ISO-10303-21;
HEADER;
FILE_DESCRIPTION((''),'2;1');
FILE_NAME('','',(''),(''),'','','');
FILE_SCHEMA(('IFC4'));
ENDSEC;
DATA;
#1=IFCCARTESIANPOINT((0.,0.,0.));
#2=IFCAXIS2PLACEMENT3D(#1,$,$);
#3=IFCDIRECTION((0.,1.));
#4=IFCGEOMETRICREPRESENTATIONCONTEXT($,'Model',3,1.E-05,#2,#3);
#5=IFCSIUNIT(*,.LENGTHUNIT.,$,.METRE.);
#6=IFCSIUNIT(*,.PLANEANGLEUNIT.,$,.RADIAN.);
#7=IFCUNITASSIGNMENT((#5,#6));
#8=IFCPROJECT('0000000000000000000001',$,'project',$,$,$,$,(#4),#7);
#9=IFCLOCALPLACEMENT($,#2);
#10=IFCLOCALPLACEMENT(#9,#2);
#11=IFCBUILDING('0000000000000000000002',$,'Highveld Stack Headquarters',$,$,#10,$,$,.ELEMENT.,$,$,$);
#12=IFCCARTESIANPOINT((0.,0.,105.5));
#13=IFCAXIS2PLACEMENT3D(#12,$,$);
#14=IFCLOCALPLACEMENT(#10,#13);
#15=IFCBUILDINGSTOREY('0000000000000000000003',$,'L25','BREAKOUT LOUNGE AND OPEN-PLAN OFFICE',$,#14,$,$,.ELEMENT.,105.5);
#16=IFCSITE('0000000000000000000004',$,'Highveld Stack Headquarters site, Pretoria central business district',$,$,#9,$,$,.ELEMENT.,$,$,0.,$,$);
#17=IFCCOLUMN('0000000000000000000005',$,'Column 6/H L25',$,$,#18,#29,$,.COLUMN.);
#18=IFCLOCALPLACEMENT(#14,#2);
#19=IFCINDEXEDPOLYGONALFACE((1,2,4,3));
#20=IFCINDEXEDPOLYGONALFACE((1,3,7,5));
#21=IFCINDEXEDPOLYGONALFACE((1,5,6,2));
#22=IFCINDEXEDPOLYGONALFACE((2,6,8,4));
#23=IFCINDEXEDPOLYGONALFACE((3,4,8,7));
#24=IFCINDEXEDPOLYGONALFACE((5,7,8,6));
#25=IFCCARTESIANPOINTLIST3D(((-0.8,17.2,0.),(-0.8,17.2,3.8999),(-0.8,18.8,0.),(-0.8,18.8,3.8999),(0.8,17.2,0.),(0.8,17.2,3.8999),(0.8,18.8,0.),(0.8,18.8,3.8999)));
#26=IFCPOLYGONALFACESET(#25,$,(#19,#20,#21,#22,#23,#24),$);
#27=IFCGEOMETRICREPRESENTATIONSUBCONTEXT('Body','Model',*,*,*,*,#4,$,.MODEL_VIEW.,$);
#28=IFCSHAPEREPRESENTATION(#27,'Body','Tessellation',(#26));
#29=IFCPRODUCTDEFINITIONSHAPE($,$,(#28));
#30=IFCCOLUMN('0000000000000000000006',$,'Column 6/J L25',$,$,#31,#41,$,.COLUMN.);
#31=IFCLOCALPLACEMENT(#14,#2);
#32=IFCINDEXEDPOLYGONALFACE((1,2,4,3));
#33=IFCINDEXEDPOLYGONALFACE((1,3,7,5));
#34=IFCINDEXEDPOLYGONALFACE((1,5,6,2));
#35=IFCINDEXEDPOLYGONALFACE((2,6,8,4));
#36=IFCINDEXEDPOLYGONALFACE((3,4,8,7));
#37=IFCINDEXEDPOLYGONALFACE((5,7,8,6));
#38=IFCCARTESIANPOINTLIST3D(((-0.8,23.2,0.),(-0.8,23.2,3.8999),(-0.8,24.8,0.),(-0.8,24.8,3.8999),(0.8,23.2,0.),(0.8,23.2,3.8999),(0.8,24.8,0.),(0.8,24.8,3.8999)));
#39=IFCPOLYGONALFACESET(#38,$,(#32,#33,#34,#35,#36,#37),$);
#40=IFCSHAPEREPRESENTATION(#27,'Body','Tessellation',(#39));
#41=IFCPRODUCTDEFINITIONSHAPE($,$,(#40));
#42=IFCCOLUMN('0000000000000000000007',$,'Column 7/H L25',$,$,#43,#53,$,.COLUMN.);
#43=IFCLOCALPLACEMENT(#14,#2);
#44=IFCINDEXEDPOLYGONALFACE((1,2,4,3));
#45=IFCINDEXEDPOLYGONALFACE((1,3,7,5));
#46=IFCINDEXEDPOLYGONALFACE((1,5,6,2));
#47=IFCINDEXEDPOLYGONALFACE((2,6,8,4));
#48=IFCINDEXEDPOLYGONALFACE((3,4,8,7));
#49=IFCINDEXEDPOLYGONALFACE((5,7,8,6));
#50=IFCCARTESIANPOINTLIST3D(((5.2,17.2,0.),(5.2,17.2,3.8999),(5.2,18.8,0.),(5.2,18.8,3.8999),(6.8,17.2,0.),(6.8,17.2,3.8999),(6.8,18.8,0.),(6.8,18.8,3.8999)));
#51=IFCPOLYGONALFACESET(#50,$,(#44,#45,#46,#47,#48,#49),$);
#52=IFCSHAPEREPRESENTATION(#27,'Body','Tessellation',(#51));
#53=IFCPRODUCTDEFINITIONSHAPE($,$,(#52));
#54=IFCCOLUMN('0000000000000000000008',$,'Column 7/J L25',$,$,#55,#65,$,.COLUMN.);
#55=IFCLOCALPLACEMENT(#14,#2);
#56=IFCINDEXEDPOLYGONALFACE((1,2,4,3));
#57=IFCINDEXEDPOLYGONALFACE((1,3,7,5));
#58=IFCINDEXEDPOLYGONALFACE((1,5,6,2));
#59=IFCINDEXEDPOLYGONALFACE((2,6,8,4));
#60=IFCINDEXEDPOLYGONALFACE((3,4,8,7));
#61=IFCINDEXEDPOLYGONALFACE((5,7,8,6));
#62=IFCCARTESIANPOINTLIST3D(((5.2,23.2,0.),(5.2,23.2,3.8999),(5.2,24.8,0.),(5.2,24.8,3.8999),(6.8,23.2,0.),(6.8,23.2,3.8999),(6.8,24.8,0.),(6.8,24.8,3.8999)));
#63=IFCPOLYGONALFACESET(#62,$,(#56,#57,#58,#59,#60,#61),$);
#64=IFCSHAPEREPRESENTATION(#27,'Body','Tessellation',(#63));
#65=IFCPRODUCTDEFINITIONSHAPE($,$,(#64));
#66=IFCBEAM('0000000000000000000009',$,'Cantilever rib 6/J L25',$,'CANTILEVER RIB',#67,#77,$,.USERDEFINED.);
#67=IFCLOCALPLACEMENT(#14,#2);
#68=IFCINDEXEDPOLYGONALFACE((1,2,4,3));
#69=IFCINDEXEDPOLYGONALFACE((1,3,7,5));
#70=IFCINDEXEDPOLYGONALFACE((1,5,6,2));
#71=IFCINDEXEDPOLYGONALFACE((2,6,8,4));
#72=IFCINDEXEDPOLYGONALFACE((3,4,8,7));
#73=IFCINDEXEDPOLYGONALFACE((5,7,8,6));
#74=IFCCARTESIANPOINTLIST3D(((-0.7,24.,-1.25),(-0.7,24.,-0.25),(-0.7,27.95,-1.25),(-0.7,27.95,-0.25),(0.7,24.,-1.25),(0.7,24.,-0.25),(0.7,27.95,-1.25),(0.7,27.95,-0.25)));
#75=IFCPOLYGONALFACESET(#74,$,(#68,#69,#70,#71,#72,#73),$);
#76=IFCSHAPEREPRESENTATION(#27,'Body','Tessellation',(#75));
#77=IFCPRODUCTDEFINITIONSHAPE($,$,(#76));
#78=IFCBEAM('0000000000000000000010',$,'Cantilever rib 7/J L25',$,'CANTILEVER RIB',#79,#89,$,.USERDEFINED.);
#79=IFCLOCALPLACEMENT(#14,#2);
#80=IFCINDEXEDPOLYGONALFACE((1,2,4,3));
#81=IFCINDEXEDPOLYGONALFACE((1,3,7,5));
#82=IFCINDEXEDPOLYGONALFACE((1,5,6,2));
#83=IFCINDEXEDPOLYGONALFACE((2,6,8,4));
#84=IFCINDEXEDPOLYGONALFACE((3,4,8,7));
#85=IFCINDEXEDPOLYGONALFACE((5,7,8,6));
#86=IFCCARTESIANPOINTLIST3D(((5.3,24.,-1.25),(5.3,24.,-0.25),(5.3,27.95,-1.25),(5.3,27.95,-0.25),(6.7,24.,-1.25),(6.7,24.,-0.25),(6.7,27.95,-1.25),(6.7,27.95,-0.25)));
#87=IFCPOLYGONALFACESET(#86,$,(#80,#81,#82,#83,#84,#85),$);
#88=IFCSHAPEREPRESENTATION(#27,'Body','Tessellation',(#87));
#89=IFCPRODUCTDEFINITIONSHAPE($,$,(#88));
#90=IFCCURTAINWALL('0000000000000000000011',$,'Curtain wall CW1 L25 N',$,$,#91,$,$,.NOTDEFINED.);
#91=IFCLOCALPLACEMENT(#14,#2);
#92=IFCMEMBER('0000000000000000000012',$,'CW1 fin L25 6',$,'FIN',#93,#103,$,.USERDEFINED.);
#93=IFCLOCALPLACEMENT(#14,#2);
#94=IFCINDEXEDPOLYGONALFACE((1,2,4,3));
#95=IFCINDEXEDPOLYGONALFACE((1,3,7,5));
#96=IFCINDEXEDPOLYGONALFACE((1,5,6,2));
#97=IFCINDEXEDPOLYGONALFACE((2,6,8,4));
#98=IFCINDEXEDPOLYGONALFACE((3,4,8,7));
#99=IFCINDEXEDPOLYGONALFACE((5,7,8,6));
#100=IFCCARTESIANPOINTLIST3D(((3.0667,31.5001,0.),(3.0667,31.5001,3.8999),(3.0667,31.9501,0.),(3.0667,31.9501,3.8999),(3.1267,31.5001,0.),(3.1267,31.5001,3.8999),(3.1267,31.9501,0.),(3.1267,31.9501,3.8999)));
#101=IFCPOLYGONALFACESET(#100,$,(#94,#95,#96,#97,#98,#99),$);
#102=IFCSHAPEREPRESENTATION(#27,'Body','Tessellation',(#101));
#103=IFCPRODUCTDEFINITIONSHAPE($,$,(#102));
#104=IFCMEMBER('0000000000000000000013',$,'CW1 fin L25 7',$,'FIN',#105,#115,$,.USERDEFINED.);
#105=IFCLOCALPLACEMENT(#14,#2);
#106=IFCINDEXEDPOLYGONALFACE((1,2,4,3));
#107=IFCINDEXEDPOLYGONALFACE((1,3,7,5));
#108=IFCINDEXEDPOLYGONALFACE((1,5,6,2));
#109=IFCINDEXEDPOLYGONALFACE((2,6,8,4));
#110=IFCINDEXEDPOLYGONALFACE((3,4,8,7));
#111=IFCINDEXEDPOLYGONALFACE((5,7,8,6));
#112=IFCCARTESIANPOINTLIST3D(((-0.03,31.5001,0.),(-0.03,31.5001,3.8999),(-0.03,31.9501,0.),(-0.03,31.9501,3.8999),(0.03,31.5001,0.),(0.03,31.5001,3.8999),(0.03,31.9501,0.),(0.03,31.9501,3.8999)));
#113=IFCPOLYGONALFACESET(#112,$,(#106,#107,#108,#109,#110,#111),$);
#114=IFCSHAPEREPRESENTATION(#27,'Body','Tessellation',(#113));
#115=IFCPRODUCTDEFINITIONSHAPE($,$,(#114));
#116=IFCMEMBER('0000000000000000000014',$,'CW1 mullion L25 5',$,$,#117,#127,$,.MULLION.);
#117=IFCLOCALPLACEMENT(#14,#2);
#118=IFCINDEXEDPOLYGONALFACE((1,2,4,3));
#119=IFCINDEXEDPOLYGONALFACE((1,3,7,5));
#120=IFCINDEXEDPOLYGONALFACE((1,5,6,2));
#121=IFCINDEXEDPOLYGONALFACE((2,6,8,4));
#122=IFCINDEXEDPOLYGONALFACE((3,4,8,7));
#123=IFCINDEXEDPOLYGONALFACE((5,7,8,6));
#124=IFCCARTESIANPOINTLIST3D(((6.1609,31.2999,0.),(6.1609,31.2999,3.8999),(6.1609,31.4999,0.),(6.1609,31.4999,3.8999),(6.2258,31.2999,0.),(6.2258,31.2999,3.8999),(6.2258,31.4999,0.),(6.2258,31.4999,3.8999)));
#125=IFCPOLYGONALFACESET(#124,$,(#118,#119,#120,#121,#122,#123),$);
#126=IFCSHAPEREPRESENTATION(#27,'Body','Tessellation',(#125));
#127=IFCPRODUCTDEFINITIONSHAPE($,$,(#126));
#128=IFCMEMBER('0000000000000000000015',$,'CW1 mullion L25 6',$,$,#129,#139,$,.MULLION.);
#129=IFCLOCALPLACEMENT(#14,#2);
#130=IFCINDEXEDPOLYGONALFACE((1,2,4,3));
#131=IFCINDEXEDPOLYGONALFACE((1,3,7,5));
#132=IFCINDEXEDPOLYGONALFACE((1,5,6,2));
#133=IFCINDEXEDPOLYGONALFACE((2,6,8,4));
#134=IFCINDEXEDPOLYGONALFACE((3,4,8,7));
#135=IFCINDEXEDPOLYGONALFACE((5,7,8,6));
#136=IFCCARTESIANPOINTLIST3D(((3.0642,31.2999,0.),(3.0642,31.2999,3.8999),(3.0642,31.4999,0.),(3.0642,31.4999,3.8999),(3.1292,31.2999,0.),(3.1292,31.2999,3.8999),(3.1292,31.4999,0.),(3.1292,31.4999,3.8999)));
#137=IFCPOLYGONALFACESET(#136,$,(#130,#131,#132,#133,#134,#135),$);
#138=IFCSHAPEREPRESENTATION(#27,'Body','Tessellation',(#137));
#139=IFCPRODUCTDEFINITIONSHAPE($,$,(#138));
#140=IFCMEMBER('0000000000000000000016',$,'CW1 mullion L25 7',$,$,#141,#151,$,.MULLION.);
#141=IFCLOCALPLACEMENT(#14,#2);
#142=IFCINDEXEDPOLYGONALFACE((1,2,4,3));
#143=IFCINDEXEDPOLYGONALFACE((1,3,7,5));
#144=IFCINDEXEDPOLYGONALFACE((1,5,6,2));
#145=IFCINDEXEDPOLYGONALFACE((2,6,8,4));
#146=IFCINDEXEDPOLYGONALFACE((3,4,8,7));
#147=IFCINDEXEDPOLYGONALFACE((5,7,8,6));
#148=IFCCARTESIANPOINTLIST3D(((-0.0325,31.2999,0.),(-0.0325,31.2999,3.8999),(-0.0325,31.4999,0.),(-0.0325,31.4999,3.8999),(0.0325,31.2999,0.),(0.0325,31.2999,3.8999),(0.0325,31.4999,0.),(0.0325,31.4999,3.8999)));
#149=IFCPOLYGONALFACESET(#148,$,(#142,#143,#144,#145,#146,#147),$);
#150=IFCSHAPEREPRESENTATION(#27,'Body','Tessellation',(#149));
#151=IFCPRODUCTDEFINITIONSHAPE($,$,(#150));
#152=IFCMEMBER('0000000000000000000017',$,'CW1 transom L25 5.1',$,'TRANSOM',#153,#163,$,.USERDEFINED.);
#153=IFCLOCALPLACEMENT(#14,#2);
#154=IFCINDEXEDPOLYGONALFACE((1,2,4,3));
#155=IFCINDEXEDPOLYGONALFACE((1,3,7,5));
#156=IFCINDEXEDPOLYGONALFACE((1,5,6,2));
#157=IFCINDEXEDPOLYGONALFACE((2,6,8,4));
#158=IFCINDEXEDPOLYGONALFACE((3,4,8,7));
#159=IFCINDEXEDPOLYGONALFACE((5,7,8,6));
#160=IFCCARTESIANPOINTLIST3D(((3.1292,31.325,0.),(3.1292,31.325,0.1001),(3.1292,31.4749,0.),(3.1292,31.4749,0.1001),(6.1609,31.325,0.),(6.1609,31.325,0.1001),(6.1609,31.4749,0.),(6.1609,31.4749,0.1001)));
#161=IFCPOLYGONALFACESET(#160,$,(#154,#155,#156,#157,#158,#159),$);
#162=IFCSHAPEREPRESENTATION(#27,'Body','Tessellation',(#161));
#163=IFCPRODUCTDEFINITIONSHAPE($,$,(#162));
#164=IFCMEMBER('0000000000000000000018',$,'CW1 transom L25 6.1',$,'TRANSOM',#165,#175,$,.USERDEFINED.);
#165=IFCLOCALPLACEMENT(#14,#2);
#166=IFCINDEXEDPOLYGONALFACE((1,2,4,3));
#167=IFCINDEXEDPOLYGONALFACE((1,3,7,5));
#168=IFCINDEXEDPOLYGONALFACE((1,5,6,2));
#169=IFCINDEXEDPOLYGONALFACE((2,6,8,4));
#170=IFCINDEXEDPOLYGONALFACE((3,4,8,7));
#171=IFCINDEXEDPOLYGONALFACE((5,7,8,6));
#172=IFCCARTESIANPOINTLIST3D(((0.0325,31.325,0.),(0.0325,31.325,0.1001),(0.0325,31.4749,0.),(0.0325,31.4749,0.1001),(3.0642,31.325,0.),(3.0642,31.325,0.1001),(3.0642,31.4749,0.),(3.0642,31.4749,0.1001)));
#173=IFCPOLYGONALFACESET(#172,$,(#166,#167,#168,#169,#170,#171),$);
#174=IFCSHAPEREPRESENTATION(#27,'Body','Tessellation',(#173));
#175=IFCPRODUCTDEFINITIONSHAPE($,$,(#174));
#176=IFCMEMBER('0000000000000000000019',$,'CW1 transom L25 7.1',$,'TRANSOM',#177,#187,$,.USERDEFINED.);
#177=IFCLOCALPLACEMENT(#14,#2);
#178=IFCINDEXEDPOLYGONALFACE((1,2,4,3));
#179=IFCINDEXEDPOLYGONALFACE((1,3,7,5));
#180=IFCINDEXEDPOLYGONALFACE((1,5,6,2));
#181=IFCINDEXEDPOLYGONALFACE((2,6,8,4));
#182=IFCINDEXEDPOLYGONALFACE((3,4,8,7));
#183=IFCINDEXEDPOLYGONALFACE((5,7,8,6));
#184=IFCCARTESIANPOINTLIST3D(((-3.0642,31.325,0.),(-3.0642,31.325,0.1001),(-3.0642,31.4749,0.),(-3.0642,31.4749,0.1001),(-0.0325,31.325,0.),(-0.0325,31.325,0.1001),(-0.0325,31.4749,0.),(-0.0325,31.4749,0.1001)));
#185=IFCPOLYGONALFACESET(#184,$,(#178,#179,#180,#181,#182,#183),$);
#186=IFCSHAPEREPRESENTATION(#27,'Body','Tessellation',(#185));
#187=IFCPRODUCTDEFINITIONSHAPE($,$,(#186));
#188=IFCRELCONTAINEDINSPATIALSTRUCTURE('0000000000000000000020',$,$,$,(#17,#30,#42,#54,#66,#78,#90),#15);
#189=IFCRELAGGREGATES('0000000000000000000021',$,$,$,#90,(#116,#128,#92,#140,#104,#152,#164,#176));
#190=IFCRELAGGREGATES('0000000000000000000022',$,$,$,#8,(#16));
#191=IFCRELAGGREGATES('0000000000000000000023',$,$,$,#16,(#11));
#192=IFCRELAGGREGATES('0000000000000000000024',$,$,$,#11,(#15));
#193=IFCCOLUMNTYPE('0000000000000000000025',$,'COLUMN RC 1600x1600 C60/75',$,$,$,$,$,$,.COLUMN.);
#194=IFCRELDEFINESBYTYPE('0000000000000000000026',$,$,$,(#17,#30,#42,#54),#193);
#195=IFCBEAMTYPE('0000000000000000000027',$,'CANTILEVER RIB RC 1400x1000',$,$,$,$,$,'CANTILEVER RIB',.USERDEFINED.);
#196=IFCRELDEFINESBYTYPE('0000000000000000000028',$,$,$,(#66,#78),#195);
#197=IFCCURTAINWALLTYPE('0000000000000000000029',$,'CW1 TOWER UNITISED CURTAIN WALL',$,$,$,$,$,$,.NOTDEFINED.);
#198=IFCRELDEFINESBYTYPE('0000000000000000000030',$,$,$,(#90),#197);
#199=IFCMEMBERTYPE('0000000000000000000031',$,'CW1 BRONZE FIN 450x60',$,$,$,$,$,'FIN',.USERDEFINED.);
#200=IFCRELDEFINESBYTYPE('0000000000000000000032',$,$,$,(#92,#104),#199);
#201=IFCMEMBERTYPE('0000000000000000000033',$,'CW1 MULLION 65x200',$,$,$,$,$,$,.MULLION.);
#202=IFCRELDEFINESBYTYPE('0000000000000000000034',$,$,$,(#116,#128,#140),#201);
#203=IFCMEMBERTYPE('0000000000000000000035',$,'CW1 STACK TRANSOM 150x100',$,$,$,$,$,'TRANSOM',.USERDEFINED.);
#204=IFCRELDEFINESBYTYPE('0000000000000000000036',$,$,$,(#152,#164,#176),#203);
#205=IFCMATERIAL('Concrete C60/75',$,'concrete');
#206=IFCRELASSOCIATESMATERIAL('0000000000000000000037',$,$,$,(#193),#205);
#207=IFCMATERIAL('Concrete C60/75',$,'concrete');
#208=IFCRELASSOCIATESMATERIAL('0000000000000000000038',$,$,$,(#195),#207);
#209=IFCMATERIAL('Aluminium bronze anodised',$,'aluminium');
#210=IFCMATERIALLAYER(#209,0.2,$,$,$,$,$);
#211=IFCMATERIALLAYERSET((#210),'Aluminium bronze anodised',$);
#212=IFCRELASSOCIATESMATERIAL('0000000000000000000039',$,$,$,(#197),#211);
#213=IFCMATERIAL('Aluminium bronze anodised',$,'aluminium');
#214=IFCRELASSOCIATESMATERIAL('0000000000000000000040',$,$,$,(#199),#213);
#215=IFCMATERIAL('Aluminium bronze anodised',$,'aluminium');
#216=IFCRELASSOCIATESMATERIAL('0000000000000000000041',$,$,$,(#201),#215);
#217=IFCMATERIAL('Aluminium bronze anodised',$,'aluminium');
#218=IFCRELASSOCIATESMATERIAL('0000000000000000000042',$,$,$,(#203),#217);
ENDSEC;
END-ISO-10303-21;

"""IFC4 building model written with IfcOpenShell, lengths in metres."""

from ifc_helpers import new_model, si_unit, direction, frame, origin, origin_2d, place, context, subcontext, project, spatial, rectangle, extrude, material, layer, layer_set, material_profile, profile_set, type_object, element, aggregate, save


model = new_model("IFC4")

# Units and contexts
model_context = context("Model", 3, precision=1e-05, world=origin(), true_north=direction((0.0, 1.0)))
body_context = subcontext(model_context, "Body", "Model", "MODEL_VIEW")
ifc_project = project(units=[si_unit("LENGTHUNIT", "METRE"), si_unit("PLANEANGLEUNIT", "RADIAN")], contexts=[model_context])

# Site, building, storey
site_placement = place(None, origin())
site = spatial("IfcSite", under=ifc_project, at=site_placement, Name="Highveld Stack Headquarters site, Pretoria central business district", CompositionType="ELEMENT", RefElevation=0.0)
building_placement = place(site_placement, origin())
building = spatial("IfcBuilding", under=site, at=building_placement, Name="Highveld Stack Headquarters", CompositionType="ELEMENT")
storey_placement = place(building_placement, frame((0.0, 0.0, 105.5)))
storey = spatial("IfcBuildingStorey", under=building, at=storey_placement, Name="L25", Description="BREAKOUT LOUNGE AND OPEN-PLAN OFFICE", CompositionType="ELEMENT", Elevation=105.5)

# Columns
ifc_material_1 = material(Name="Concrete C60/75", Category="concrete")
ifc_material_profile_1 = material_profile(ifc_material_1, rectangle(XDim=1.6001, YDim=1.6001, at=origin_2d()), Name="RC 1600x1600")
ifc_profile_set_1 = profile_set([ifc_material_profile_1], Name="Concrete C60/75")
column_type = type_object("IfcColumnType", Name="COLUMN RC 1600x1600 C60/75", PredefinedType="COLUMN", material=ifc_profile_set_1)
for number, where, z_axis, x_axis, name in (
    (1, (0.0, 18.0, 0.0), (0.0, 0.0, 1.0), (1.0, 0.0, 0.0), "Column 6/H L25"),
    (2, (0.0, 24.0, 0.0), (0.0, 0.0, 1.0), (1.0, 0.0, 0.0), "Column 6/J L25"),
    (3, (6.0, 18.0, 0.0), (0.0, 0.0, 1.0), (1.0, 0.0, 0.0), "Column 7/H L25"),
    (4, (6.0, 24.0, 0.0), (0.0, 0.0, 1.0), (1.0, 0.0, 0.0), "Column 7/J L25"),
):
    element("IfcColumn", number, at=place(storey_placement, frame(where, z_axis=z_axis, x_axis=x_axis)), inside=storey, type_object=column_type, Name=name, PredefinedType="COLUMN", context=body_context, shape_type="SweptSolid", body=[
        extrude(rectangle(XDim=1.6001, YDim=1.6001, at=origin_2d()), origin(), (0.0, 0.0, 1.0), 3.8999),
    ])

# Beams
ifc_material_2 = material(Name="Concrete C60/75", Category="concrete")
ifc_material_profile_2 = material_profile(ifc_material_2, rectangle(XDim=1.3999, YDim=1.0, at=origin_2d()), Name="RC 1400x1000")
ifc_profile_set_2 = profile_set([ifc_material_profile_2], Name="Concrete C60/75")
beam_type_1 = type_object("IfcBeamType", Name="CANTILEVER RIB RC 1400x1000", ElementType="CANTILEVER RIB", PredefinedType="USERDEFINED", material=ifc_profile_set_2)
for number, where, z_axis, x_axis, name in (
    (5, (0.0, 24.0, -0.75), (0.0, 1.0, 0.0), (-1.0, 0.0, 0.0), "Cantilever rib 6/J L25"),
    (6, (6.0, 24.0, -0.75), (0.0, 1.0, 0.0), (-1.0, 0.0, 0.0), "Cantilever rib 7/J L25"),
):
    element("IfcBeam", number, at=place(storey_placement, frame(where, z_axis=z_axis, x_axis=x_axis)), inside=storey, type_object=beam_type_1, Name=name, ObjectType="CANTILEVER RIB", PredefinedType="USERDEFINED", context=body_context, shape_type="SweptSolid", body=[
        extrude(rectangle(XDim=1.3999, YDim=1.0, at=origin_2d()), origin(), (0.0, 0.0, 1.0), 3.95),
    ])

# Curtain wall, members
ifc_material_3 = material(Name="Aluminium bronze anodised", Category="aluminium")
ifc_layer_1 = layer(ifc_material_3, 0.2)
ifc_layer_set_1 = layer_set([ifc_layer_1], Name="Aluminium bronze anodised")
curtain_wall_type = type_object("IfcCurtainWallType", Name="CW1 TOWER UNITISED CURTAIN WALL", PredefinedType="NOTDEFINED", material=ifc_layer_set_1)
curtain_wall_placement = place(storey_placement, origin())
curtain_wall = element("IfcCurtainWall", 7, at=curtain_wall_placement, inside=storey, type_object=curtain_wall_type, Name="Curtain wall CW1 L25 N", PredefinedType="NOTDEFINED")
ifc_material_4 = material(Name="Aluminium bronze anodised", Category="aluminium")
ifc_material_profile_3 = material_profile(ifc_material_4, rectangle(XDim=0.45, YDim=0.0601, at=origin_2d()), Name="FIN 450x60")
ifc_profile_set_3 = profile_set([ifc_material_profile_3], Name="Aluminium bronze anodised")
member_type_1 = type_object("IfcMemberType", Name="CW1 BRONZE FIN 450x60", ElementType="FIN", PredefinedType="USERDEFINED", material=ifc_profile_set_3)
member_1_placement = place(storey_placement, frame((3.0967, 31.7251, 0.0), z_axis=(0.0, 0.0, 1.0), x_axis=(0.0, -1.0, 0.0)))
member_1 = element("IfcMember", 8, at=member_1_placement, type_object=member_type_1, Name="CW1 fin L25 6", ObjectType="FIN", PredefinedType="USERDEFINED", context=body_context, shape_type="SweptSolid", body=[
    extrude(rectangle(XDim=0.45, YDim=0.0601, at=origin_2d()), origin(), (0.0, 0.0, 1.0), 3.8999),
])
member_2_placement = place(storey_placement, frame((0.0, 31.7251, 0.0), z_axis=(0.0, 0.0, 1.0), x_axis=(0.0, -1.0, 0.0)))
member_2 = element("IfcMember", 9, at=member_2_placement, type_object=member_type_1, Name="CW1 fin L25 7", ObjectType="FIN", PredefinedType="USERDEFINED", context=body_context, shape_type="SweptSolid", body=[
    extrude(rectangle(XDim=0.45, YDim=0.0601, at=origin_2d()), origin(), (0.0, 0.0, 1.0), 3.8999),
])
ifc_material_5 = material(Name="Aluminium bronze anodised", Category="aluminium")
ifc_material_profile_4 = material_profile(ifc_material_5, rectangle(XDim=0.2, YDim=0.0649, at=origin_2d()), Name="CW1 MULLION 65x200")
ifc_profile_set_4 = profile_set([ifc_material_profile_4], Name="Aluminium bronze anodised")
member_type_2 = type_object("IfcMemberType", Name="CW1 MULLION 65x200", PredefinedType="MULLION", material=ifc_profile_set_4)
member_3_placement = place(storey_placement, frame((6.1934, 31.3999, 0.0), z_axis=(0.0, 0.0, 1.0), x_axis=(0.0, -1.0, 0.0)))
member_3 = element("IfcMember", 10, at=member_3_placement, type_object=member_type_2, Name="CW1 mullion L25 5", PredefinedType="MULLION", context=body_context, shape_type="SweptSolid", body=[
    extrude(rectangle(XDim=0.2, YDim=0.0649, at=origin_2d()), origin(), (0.0, 0.0, 1.0), 3.8999),
])
member_4_placement = place(storey_placement, frame((3.0967, 31.3999, 0.0), z_axis=(0.0, 0.0, 1.0), x_axis=(0.0, -1.0, 0.0)))
member_4 = element("IfcMember", 11, at=member_4_placement, type_object=member_type_2, Name="CW1 mullion L25 6", PredefinedType="MULLION", context=body_context, shape_type="SweptSolid", body=[
    extrude(rectangle(XDim=0.2, YDim=0.0649, at=origin_2d()), origin(), (0.0, 0.0, 1.0), 3.8999),
])
member_5_placement = place(storey_placement, frame((0.0, 31.3999, 0.0), z_axis=(0.0, 0.0, 1.0), x_axis=(0.0, -1.0, 0.0)))
member_5 = element("IfcMember", 12, at=member_5_placement, type_object=member_type_2, Name="CW1 mullion L25 7", PredefinedType="MULLION", context=body_context, shape_type="SweptSolid", body=[
    extrude(rectangle(XDim=0.2, YDim=0.0649, at=origin_2d()), origin(), (0.0, 0.0, 1.0), 3.8999),
])
ifc_material_6 = material(Name="Aluminium bronze anodised", Category="aluminium")
ifc_material_profile_5 = material_profile(ifc_material_6, rectangle(XDim=0.1499, YDim=0.1001, at=origin_2d()), Name="CW1 TRANSOM 150x100")
ifc_profile_set_5 = profile_set([ifc_material_profile_5], Name="Aluminium bronze anodised")
member_type_3 = type_object("IfcMemberType", Name="CW1 STACK TRANSOM 150x100", ElementType="TRANSOM", PredefinedType="USERDEFINED", material=ifc_profile_set_5)
member_6_placement = place(storey_placement, frame((6.1609, 31.3999, 0.05), z_axis=(-1.0, 0.0, 0.0), x_axis=(0.0, -1.0, 0.0)))
member_6 = element("IfcMember", 13, at=member_6_placement, type_object=member_type_3, Name="CW1 transom L25 5.1", ObjectType="TRANSOM", PredefinedType="USERDEFINED", context=body_context, shape_type="SweptSolid", body=[
    extrude(rectangle(XDim=0.1499, YDim=0.1001, at=origin_2d()), origin(), (0.0, 0.0, 1.0), 3.0317),
])
member_7_placement = place(storey_placement, frame((3.0642, 31.3999, 0.05), z_axis=(-1.0, 0.0, 0.0), x_axis=(0.0, -1.0, 0.0)))
member_7 = element("IfcMember", 14, at=member_7_placement, type_object=member_type_3, Name="CW1 transom L25 6.1", ObjectType="TRANSOM", PredefinedType="USERDEFINED", context=body_context, shape_type="SweptSolid", body=[
    extrude(rectangle(XDim=0.1499, YDim=0.1001, at=origin_2d()), origin(), (0.0, 0.0, 1.0), 3.0317),
])
member_8_placement = place(storey_placement, frame((-0.0325, 31.3999, 0.05), z_axis=(-1.0, 0.0, 0.0), x_axis=(0.0, -1.0, 0.0)))
member_8 = element("IfcMember", 15, at=member_8_placement, type_object=member_type_3, Name="CW1 transom L25 7.1", ObjectType="TRANSOM", PredefinedType="USERDEFINED", context=body_context, shape_type="SweptSolid", body=[
    extrude(rectangle(XDim=0.1499, YDim=0.1001, at=origin_2d()), origin(), (0.0, 0.0, 1.0), 3.0317),
])

aggregate(curtain_wall, [member_3, member_4, member_1, member_5, member_2, member_6, member_7, member_8])

save(model, "model.ifc")
